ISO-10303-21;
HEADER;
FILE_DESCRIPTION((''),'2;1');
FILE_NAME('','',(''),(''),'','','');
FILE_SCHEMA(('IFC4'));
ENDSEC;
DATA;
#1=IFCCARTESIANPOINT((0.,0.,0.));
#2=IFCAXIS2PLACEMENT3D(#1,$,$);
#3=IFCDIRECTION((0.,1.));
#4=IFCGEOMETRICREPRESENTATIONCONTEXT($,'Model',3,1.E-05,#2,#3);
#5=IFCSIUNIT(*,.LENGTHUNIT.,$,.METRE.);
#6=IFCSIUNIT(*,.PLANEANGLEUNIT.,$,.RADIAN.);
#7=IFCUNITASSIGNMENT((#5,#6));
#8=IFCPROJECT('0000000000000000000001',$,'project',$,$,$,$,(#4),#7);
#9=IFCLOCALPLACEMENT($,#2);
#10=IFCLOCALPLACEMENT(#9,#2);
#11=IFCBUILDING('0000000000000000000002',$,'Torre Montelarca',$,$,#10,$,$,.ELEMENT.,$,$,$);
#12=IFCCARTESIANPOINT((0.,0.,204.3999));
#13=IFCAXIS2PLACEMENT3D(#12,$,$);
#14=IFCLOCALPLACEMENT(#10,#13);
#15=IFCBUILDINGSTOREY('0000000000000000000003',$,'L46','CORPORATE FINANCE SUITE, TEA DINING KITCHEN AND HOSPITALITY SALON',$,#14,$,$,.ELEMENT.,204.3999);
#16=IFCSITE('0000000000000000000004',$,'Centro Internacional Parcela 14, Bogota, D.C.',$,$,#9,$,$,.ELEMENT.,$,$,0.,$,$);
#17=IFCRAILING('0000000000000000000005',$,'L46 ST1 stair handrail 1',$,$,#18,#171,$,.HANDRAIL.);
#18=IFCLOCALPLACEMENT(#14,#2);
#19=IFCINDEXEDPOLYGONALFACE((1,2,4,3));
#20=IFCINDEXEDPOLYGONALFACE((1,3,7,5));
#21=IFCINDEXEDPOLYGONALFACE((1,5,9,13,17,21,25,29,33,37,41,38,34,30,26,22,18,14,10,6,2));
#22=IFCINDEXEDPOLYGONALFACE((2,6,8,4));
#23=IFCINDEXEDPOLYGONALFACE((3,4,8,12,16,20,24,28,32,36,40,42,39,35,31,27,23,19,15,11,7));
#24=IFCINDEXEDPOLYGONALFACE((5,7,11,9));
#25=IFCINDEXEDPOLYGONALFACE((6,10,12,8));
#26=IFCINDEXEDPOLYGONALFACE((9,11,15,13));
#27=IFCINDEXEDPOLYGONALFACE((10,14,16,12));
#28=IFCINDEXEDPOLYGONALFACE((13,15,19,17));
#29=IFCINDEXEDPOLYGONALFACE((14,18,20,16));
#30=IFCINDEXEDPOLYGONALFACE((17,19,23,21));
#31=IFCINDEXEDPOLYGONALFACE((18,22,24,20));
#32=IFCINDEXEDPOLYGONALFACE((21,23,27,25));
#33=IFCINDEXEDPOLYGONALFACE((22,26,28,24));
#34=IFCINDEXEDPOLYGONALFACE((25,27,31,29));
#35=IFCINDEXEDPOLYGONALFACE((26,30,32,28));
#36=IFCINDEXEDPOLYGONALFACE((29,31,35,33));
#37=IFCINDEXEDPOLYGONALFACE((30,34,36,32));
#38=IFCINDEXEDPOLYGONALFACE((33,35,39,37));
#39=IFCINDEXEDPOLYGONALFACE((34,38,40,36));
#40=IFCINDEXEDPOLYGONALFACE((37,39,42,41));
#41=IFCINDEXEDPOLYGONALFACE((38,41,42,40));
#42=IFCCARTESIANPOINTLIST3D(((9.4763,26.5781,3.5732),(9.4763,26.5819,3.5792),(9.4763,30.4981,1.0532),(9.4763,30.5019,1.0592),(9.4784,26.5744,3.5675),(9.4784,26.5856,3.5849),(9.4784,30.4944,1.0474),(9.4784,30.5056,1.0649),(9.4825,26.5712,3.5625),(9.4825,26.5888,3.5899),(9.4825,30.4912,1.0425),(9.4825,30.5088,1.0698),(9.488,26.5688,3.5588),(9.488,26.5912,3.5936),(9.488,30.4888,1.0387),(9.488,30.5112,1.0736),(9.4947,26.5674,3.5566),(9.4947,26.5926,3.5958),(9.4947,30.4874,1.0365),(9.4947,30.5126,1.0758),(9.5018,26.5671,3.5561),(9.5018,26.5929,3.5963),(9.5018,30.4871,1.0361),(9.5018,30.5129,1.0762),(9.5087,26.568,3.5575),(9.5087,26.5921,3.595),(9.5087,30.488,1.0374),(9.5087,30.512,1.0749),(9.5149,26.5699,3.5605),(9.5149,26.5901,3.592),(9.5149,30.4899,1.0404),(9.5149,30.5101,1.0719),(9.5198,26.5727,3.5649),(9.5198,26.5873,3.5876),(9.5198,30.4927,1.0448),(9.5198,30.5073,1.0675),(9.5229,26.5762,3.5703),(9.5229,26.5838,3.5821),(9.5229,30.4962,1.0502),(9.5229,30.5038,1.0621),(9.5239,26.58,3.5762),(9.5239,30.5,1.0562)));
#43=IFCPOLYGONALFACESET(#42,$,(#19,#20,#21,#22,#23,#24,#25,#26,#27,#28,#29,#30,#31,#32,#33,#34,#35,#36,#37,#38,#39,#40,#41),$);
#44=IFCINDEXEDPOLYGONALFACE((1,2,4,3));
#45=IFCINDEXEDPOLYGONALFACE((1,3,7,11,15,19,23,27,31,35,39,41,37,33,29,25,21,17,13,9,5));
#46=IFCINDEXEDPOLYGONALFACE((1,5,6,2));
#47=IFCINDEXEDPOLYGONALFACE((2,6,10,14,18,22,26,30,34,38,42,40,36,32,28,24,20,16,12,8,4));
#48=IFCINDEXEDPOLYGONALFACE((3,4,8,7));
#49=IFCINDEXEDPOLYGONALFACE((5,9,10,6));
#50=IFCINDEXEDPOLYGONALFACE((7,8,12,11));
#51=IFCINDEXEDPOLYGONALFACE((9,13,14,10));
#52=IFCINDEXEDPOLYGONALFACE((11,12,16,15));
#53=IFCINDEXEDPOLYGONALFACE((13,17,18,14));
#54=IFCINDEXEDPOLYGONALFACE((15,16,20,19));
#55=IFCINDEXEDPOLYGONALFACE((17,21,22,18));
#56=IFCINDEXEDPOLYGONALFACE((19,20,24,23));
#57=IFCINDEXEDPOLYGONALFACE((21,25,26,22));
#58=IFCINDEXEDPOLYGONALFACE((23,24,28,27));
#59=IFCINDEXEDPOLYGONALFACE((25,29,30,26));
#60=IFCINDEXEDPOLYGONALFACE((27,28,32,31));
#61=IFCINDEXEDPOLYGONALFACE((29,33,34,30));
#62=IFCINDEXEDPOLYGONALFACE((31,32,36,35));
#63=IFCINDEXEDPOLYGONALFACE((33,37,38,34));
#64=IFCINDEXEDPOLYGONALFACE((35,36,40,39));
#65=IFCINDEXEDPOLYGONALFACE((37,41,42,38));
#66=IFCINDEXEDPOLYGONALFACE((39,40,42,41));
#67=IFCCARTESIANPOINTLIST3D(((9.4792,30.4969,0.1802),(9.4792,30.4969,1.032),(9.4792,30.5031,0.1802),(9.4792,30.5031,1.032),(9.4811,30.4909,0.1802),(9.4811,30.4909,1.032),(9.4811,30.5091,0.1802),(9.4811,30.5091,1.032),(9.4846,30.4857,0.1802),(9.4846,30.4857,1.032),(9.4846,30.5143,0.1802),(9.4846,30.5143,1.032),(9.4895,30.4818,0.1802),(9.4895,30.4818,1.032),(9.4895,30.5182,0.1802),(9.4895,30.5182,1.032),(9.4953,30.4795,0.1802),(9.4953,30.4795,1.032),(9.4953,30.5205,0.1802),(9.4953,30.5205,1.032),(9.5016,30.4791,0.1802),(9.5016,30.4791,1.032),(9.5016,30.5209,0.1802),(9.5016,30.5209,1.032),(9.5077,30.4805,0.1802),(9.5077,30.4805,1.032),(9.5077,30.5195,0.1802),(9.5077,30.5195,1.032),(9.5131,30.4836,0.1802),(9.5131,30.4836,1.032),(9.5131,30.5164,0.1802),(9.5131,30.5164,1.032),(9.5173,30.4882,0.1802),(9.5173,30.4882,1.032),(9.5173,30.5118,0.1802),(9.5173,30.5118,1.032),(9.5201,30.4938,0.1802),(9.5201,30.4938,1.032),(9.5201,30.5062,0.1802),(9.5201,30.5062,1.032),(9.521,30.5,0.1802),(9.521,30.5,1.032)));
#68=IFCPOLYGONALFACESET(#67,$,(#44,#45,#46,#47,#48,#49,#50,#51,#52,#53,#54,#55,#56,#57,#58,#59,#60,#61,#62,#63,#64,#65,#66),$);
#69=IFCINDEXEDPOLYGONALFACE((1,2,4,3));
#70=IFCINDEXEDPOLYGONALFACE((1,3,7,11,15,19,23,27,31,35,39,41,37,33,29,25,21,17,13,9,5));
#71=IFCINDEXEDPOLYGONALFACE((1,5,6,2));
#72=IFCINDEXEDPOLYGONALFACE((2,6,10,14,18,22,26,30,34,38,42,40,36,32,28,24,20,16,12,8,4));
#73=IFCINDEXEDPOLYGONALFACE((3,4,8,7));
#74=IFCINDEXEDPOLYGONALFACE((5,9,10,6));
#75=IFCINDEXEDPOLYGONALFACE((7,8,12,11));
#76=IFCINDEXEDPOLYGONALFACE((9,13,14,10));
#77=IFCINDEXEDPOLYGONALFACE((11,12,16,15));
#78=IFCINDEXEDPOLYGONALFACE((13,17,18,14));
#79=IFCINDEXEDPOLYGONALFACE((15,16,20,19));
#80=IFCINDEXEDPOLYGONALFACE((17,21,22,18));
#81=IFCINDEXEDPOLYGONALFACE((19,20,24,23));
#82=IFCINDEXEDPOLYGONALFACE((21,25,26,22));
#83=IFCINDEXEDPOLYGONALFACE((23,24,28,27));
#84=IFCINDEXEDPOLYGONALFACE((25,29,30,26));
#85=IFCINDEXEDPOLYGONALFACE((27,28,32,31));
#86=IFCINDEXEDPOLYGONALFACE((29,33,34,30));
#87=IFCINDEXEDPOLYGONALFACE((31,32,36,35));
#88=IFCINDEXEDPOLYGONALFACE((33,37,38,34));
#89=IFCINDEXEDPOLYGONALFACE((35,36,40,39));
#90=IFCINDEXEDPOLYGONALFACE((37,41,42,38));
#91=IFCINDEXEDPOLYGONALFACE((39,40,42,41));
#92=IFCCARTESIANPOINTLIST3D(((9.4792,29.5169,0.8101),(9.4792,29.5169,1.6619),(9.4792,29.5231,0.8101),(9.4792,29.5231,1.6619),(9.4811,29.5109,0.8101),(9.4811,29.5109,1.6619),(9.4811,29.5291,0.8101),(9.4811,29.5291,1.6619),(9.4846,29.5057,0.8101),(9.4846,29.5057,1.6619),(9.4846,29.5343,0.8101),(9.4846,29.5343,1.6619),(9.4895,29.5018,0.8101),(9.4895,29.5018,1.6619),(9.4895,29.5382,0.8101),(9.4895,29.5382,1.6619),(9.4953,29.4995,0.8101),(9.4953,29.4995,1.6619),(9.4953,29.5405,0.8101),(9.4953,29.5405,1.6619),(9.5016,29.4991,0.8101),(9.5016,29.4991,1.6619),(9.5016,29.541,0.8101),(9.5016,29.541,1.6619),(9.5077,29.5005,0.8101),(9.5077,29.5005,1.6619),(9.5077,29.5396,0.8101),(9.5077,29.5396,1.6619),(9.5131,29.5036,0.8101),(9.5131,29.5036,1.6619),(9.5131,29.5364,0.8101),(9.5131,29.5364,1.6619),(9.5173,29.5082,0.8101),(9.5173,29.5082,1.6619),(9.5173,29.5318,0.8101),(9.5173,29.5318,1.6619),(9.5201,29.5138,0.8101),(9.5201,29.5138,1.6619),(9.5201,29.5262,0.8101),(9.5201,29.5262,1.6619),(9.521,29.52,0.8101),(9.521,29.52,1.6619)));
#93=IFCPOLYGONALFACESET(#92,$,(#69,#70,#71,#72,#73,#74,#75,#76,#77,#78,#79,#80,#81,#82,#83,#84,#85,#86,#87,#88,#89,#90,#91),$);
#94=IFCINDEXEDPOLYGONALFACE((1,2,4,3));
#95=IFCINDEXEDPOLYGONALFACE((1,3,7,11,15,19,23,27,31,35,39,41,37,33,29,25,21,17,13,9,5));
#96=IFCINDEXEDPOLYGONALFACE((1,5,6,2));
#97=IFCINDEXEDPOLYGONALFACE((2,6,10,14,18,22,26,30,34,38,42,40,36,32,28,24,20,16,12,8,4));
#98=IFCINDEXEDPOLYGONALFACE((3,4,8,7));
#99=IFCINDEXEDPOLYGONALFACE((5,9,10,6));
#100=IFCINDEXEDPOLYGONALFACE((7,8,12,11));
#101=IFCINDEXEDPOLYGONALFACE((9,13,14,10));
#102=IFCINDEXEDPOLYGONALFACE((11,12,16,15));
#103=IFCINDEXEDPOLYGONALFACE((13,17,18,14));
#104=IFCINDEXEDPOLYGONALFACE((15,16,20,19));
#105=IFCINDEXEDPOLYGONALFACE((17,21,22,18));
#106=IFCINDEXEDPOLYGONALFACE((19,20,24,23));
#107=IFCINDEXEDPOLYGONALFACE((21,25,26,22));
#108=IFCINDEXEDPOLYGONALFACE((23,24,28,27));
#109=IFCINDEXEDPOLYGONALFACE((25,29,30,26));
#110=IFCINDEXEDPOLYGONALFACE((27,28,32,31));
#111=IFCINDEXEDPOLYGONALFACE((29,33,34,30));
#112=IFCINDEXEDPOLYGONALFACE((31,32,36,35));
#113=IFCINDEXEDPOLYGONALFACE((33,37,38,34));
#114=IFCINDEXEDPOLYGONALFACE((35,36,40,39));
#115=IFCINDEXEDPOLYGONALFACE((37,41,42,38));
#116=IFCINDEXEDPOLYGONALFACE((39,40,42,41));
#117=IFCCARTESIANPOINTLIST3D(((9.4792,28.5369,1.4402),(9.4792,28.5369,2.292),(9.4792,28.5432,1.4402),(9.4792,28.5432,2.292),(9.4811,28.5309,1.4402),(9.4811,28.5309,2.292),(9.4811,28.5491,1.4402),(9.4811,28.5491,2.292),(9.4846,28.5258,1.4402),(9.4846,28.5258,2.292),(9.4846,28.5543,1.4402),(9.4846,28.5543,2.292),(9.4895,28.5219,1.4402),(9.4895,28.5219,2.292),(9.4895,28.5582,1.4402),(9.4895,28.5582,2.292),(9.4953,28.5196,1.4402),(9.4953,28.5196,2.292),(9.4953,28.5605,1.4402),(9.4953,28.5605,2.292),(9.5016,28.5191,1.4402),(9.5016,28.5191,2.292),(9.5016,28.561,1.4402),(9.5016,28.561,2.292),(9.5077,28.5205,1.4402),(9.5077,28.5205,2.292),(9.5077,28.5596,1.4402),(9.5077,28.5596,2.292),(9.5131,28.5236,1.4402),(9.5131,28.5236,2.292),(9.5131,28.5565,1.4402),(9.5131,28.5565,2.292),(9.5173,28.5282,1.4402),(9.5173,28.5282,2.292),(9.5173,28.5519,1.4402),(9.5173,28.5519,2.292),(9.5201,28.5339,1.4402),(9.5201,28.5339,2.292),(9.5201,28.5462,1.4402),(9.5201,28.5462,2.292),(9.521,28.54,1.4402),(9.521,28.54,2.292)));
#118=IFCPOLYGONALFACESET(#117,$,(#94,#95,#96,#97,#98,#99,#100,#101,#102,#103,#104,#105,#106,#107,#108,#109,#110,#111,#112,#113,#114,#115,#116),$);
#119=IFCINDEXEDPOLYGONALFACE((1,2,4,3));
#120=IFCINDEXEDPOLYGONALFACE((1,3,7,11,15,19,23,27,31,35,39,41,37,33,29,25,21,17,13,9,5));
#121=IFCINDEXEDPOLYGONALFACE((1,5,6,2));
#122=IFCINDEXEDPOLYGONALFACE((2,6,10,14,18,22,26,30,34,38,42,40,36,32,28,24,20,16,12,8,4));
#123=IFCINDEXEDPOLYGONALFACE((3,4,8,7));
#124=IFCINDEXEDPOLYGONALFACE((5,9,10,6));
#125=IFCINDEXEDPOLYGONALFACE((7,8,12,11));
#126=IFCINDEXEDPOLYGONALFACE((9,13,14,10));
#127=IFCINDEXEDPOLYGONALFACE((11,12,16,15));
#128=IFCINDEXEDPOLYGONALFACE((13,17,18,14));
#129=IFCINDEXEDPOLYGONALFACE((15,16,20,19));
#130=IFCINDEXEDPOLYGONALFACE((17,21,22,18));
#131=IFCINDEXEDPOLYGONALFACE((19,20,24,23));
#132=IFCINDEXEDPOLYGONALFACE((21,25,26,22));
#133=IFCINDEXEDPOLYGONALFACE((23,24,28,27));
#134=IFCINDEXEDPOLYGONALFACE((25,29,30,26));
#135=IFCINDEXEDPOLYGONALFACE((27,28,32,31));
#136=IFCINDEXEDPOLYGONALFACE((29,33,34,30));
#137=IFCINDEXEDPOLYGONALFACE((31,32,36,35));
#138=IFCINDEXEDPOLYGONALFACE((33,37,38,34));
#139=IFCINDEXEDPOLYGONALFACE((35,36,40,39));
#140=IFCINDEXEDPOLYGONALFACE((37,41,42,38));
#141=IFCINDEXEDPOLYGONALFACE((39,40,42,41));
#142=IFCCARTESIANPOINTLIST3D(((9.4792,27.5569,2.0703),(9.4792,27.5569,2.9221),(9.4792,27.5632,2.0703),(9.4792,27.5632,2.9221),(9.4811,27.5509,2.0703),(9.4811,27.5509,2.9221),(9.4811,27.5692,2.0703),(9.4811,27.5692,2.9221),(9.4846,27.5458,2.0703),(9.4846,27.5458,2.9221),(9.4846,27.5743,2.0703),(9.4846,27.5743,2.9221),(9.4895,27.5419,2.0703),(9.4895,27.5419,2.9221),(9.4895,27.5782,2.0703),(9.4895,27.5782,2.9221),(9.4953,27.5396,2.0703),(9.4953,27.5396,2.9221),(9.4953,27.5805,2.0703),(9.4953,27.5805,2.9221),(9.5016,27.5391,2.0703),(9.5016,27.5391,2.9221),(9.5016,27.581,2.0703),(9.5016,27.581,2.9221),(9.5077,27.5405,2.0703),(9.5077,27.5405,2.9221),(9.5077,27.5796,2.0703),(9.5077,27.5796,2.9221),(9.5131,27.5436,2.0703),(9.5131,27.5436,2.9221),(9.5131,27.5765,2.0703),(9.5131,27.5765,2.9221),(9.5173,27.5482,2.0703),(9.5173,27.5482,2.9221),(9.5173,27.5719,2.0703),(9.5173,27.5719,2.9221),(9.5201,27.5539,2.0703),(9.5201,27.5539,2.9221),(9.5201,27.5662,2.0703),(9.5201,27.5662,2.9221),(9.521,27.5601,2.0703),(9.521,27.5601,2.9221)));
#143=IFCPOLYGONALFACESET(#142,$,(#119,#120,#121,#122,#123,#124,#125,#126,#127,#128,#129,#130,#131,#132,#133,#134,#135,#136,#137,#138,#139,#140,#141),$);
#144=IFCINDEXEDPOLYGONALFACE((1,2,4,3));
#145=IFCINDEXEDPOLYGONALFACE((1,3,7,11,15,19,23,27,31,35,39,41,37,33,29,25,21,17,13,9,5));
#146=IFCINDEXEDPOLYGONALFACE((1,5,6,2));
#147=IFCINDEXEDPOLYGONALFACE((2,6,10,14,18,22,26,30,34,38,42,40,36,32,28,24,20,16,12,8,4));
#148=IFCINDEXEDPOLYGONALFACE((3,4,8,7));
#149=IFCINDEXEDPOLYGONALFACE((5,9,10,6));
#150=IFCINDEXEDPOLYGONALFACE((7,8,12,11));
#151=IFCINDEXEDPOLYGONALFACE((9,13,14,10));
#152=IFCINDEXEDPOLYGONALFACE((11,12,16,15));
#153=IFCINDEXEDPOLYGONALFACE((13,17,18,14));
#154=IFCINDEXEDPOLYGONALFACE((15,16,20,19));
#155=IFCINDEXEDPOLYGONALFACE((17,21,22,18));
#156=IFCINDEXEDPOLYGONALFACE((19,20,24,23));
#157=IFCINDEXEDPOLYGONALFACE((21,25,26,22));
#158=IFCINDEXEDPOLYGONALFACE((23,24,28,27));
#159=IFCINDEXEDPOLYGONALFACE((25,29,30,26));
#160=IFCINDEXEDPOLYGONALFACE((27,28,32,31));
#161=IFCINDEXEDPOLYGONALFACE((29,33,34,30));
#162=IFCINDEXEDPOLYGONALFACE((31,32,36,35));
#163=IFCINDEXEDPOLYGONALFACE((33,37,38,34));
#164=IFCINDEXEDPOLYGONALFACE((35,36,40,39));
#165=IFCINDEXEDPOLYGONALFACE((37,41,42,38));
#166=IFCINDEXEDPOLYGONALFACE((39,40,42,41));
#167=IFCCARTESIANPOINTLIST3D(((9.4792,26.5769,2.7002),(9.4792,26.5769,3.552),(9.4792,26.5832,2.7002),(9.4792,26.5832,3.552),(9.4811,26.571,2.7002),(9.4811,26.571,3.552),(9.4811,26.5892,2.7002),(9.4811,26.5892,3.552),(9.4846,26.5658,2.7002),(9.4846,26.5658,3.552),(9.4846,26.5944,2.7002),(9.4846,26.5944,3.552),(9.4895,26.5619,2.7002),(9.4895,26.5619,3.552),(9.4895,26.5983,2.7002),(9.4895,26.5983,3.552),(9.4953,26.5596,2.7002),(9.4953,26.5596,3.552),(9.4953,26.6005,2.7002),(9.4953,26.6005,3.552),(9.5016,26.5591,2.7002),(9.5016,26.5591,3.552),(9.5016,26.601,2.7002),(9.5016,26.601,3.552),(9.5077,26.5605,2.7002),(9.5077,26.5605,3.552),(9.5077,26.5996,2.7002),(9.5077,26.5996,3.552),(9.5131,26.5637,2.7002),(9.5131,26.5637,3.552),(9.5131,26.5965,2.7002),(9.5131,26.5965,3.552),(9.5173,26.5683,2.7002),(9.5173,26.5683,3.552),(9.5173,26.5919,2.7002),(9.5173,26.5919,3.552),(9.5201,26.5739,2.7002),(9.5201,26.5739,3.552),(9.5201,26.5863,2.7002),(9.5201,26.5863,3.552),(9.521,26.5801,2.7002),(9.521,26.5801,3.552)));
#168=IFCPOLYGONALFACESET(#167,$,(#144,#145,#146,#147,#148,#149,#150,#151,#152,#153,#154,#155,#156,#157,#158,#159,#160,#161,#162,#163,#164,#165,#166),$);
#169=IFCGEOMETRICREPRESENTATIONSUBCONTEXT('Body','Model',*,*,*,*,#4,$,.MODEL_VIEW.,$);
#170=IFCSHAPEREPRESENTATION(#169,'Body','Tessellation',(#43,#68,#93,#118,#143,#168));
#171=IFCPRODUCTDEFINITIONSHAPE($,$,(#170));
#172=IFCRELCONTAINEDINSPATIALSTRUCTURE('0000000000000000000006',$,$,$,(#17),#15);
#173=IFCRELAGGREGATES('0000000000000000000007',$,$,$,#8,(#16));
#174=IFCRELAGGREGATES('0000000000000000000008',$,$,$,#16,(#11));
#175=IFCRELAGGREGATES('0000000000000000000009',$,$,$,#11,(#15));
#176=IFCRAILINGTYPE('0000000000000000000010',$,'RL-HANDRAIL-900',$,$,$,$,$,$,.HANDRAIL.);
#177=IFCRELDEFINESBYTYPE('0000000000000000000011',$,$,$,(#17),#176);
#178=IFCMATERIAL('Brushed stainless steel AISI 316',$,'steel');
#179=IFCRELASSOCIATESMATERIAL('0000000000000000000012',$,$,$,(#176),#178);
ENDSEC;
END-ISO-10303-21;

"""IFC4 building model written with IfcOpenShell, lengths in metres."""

from ifc_helpers import new_model, si_unit, direction, frame, origin, origin_2d, place, context, subcontext, project, spatial, circle, extrude, material, type_object, element, save


model = new_model("IFC4")

# Units and contexts
model_context = context("Model", 3, precision=1e-05, world=origin(), true_north=direction((0.0, 1.0)))
body_context = subcontext(model_context, "Body", "Model", "MODEL_VIEW")
ifc_project = project(units=[si_unit("LENGTHUNIT", "METRE"), si_unit("PLANEANGLEUNIT", "RADIAN")], contexts=[model_context])

# Site, building, storey
site_placement = place(None, origin())
site = spatial("IfcSite", under=ifc_project, at=site_placement, Name="Centro Internacional Parcela 14, Bogota, D.C.", CompositionType="ELEMENT", RefElevation=0.0)
building_placement = place(site_placement, origin())
building = spatial("IfcBuilding", under=site, at=building_placement, Name="Torre Montelarca", CompositionType="ELEMENT")
storey_placement = place(building_placement, frame((0.0, 0.0, 204.3999)))
storey = spatial("IfcBuildingStorey", under=building, at=storey_placement, Name="L46", Description="CORPORATE FINANCE SUITE, TEA DINING KITCHEN AND HOSPITALITY SALON", CompositionType="ELEMENT", Elevation=204.3999)

# Railing
ifc_material_1 = material(Name="Brushed stainless steel AISI 316", Category="steel")
railing_type_1 = type_object("IfcRailingType", Name="RL-HANDRAIL-900", PredefinedType="HANDRAIL", material=ifc_material_1)
railing_1_placement = place(storey_placement, frame((9.5, 30.5, 0.1802)))
element("IfcRailing", 1, at=railing_1_placement, inside=storey, type_object=railing_type_1, Name="L46 ST1 stair handrail 1", PredefinedType="HANDRAIL", context=body_context, shape_type="SweptSolid", body=[
    extrude(circle(Radius=0.0239, at=origin_2d()), frame((0.0, 0.0, 0.876), z_axis=(0.0, -0.841172, 0.540768), x_axis=(1.0, 0.0, 0.0)), (0.0, 0.0, 1.0), 4.6602),
    extrude(circle(Radius=0.021, at=origin_2d()), origin(), (0.0, 0.0, 1.0), 0.8518),
    extrude(circle(Radius=0.021, at=origin_2d()), frame((0.0, -0.98, 0.6299)), (0.0, 0.0, 1.0), 0.8518),
    extrude(circle(Radius=0.021, at=origin_2d()), frame((0.0, -1.96, 1.26)), (0.0, 0.0, 1.0), 0.8518),
    extrude(circle(Radius=0.021, at=origin_2d()), frame((0.0, -2.9399, 1.8901)), (0.0, 0.0, 1.0), 0.8518),
    extrude(circle(Radius=0.021, at=origin_2d()), frame((0.0, -3.9199, 2.52)), (0.0, 0.0, 1.0), 0.8518),
])

save(model, "model.ifc")
